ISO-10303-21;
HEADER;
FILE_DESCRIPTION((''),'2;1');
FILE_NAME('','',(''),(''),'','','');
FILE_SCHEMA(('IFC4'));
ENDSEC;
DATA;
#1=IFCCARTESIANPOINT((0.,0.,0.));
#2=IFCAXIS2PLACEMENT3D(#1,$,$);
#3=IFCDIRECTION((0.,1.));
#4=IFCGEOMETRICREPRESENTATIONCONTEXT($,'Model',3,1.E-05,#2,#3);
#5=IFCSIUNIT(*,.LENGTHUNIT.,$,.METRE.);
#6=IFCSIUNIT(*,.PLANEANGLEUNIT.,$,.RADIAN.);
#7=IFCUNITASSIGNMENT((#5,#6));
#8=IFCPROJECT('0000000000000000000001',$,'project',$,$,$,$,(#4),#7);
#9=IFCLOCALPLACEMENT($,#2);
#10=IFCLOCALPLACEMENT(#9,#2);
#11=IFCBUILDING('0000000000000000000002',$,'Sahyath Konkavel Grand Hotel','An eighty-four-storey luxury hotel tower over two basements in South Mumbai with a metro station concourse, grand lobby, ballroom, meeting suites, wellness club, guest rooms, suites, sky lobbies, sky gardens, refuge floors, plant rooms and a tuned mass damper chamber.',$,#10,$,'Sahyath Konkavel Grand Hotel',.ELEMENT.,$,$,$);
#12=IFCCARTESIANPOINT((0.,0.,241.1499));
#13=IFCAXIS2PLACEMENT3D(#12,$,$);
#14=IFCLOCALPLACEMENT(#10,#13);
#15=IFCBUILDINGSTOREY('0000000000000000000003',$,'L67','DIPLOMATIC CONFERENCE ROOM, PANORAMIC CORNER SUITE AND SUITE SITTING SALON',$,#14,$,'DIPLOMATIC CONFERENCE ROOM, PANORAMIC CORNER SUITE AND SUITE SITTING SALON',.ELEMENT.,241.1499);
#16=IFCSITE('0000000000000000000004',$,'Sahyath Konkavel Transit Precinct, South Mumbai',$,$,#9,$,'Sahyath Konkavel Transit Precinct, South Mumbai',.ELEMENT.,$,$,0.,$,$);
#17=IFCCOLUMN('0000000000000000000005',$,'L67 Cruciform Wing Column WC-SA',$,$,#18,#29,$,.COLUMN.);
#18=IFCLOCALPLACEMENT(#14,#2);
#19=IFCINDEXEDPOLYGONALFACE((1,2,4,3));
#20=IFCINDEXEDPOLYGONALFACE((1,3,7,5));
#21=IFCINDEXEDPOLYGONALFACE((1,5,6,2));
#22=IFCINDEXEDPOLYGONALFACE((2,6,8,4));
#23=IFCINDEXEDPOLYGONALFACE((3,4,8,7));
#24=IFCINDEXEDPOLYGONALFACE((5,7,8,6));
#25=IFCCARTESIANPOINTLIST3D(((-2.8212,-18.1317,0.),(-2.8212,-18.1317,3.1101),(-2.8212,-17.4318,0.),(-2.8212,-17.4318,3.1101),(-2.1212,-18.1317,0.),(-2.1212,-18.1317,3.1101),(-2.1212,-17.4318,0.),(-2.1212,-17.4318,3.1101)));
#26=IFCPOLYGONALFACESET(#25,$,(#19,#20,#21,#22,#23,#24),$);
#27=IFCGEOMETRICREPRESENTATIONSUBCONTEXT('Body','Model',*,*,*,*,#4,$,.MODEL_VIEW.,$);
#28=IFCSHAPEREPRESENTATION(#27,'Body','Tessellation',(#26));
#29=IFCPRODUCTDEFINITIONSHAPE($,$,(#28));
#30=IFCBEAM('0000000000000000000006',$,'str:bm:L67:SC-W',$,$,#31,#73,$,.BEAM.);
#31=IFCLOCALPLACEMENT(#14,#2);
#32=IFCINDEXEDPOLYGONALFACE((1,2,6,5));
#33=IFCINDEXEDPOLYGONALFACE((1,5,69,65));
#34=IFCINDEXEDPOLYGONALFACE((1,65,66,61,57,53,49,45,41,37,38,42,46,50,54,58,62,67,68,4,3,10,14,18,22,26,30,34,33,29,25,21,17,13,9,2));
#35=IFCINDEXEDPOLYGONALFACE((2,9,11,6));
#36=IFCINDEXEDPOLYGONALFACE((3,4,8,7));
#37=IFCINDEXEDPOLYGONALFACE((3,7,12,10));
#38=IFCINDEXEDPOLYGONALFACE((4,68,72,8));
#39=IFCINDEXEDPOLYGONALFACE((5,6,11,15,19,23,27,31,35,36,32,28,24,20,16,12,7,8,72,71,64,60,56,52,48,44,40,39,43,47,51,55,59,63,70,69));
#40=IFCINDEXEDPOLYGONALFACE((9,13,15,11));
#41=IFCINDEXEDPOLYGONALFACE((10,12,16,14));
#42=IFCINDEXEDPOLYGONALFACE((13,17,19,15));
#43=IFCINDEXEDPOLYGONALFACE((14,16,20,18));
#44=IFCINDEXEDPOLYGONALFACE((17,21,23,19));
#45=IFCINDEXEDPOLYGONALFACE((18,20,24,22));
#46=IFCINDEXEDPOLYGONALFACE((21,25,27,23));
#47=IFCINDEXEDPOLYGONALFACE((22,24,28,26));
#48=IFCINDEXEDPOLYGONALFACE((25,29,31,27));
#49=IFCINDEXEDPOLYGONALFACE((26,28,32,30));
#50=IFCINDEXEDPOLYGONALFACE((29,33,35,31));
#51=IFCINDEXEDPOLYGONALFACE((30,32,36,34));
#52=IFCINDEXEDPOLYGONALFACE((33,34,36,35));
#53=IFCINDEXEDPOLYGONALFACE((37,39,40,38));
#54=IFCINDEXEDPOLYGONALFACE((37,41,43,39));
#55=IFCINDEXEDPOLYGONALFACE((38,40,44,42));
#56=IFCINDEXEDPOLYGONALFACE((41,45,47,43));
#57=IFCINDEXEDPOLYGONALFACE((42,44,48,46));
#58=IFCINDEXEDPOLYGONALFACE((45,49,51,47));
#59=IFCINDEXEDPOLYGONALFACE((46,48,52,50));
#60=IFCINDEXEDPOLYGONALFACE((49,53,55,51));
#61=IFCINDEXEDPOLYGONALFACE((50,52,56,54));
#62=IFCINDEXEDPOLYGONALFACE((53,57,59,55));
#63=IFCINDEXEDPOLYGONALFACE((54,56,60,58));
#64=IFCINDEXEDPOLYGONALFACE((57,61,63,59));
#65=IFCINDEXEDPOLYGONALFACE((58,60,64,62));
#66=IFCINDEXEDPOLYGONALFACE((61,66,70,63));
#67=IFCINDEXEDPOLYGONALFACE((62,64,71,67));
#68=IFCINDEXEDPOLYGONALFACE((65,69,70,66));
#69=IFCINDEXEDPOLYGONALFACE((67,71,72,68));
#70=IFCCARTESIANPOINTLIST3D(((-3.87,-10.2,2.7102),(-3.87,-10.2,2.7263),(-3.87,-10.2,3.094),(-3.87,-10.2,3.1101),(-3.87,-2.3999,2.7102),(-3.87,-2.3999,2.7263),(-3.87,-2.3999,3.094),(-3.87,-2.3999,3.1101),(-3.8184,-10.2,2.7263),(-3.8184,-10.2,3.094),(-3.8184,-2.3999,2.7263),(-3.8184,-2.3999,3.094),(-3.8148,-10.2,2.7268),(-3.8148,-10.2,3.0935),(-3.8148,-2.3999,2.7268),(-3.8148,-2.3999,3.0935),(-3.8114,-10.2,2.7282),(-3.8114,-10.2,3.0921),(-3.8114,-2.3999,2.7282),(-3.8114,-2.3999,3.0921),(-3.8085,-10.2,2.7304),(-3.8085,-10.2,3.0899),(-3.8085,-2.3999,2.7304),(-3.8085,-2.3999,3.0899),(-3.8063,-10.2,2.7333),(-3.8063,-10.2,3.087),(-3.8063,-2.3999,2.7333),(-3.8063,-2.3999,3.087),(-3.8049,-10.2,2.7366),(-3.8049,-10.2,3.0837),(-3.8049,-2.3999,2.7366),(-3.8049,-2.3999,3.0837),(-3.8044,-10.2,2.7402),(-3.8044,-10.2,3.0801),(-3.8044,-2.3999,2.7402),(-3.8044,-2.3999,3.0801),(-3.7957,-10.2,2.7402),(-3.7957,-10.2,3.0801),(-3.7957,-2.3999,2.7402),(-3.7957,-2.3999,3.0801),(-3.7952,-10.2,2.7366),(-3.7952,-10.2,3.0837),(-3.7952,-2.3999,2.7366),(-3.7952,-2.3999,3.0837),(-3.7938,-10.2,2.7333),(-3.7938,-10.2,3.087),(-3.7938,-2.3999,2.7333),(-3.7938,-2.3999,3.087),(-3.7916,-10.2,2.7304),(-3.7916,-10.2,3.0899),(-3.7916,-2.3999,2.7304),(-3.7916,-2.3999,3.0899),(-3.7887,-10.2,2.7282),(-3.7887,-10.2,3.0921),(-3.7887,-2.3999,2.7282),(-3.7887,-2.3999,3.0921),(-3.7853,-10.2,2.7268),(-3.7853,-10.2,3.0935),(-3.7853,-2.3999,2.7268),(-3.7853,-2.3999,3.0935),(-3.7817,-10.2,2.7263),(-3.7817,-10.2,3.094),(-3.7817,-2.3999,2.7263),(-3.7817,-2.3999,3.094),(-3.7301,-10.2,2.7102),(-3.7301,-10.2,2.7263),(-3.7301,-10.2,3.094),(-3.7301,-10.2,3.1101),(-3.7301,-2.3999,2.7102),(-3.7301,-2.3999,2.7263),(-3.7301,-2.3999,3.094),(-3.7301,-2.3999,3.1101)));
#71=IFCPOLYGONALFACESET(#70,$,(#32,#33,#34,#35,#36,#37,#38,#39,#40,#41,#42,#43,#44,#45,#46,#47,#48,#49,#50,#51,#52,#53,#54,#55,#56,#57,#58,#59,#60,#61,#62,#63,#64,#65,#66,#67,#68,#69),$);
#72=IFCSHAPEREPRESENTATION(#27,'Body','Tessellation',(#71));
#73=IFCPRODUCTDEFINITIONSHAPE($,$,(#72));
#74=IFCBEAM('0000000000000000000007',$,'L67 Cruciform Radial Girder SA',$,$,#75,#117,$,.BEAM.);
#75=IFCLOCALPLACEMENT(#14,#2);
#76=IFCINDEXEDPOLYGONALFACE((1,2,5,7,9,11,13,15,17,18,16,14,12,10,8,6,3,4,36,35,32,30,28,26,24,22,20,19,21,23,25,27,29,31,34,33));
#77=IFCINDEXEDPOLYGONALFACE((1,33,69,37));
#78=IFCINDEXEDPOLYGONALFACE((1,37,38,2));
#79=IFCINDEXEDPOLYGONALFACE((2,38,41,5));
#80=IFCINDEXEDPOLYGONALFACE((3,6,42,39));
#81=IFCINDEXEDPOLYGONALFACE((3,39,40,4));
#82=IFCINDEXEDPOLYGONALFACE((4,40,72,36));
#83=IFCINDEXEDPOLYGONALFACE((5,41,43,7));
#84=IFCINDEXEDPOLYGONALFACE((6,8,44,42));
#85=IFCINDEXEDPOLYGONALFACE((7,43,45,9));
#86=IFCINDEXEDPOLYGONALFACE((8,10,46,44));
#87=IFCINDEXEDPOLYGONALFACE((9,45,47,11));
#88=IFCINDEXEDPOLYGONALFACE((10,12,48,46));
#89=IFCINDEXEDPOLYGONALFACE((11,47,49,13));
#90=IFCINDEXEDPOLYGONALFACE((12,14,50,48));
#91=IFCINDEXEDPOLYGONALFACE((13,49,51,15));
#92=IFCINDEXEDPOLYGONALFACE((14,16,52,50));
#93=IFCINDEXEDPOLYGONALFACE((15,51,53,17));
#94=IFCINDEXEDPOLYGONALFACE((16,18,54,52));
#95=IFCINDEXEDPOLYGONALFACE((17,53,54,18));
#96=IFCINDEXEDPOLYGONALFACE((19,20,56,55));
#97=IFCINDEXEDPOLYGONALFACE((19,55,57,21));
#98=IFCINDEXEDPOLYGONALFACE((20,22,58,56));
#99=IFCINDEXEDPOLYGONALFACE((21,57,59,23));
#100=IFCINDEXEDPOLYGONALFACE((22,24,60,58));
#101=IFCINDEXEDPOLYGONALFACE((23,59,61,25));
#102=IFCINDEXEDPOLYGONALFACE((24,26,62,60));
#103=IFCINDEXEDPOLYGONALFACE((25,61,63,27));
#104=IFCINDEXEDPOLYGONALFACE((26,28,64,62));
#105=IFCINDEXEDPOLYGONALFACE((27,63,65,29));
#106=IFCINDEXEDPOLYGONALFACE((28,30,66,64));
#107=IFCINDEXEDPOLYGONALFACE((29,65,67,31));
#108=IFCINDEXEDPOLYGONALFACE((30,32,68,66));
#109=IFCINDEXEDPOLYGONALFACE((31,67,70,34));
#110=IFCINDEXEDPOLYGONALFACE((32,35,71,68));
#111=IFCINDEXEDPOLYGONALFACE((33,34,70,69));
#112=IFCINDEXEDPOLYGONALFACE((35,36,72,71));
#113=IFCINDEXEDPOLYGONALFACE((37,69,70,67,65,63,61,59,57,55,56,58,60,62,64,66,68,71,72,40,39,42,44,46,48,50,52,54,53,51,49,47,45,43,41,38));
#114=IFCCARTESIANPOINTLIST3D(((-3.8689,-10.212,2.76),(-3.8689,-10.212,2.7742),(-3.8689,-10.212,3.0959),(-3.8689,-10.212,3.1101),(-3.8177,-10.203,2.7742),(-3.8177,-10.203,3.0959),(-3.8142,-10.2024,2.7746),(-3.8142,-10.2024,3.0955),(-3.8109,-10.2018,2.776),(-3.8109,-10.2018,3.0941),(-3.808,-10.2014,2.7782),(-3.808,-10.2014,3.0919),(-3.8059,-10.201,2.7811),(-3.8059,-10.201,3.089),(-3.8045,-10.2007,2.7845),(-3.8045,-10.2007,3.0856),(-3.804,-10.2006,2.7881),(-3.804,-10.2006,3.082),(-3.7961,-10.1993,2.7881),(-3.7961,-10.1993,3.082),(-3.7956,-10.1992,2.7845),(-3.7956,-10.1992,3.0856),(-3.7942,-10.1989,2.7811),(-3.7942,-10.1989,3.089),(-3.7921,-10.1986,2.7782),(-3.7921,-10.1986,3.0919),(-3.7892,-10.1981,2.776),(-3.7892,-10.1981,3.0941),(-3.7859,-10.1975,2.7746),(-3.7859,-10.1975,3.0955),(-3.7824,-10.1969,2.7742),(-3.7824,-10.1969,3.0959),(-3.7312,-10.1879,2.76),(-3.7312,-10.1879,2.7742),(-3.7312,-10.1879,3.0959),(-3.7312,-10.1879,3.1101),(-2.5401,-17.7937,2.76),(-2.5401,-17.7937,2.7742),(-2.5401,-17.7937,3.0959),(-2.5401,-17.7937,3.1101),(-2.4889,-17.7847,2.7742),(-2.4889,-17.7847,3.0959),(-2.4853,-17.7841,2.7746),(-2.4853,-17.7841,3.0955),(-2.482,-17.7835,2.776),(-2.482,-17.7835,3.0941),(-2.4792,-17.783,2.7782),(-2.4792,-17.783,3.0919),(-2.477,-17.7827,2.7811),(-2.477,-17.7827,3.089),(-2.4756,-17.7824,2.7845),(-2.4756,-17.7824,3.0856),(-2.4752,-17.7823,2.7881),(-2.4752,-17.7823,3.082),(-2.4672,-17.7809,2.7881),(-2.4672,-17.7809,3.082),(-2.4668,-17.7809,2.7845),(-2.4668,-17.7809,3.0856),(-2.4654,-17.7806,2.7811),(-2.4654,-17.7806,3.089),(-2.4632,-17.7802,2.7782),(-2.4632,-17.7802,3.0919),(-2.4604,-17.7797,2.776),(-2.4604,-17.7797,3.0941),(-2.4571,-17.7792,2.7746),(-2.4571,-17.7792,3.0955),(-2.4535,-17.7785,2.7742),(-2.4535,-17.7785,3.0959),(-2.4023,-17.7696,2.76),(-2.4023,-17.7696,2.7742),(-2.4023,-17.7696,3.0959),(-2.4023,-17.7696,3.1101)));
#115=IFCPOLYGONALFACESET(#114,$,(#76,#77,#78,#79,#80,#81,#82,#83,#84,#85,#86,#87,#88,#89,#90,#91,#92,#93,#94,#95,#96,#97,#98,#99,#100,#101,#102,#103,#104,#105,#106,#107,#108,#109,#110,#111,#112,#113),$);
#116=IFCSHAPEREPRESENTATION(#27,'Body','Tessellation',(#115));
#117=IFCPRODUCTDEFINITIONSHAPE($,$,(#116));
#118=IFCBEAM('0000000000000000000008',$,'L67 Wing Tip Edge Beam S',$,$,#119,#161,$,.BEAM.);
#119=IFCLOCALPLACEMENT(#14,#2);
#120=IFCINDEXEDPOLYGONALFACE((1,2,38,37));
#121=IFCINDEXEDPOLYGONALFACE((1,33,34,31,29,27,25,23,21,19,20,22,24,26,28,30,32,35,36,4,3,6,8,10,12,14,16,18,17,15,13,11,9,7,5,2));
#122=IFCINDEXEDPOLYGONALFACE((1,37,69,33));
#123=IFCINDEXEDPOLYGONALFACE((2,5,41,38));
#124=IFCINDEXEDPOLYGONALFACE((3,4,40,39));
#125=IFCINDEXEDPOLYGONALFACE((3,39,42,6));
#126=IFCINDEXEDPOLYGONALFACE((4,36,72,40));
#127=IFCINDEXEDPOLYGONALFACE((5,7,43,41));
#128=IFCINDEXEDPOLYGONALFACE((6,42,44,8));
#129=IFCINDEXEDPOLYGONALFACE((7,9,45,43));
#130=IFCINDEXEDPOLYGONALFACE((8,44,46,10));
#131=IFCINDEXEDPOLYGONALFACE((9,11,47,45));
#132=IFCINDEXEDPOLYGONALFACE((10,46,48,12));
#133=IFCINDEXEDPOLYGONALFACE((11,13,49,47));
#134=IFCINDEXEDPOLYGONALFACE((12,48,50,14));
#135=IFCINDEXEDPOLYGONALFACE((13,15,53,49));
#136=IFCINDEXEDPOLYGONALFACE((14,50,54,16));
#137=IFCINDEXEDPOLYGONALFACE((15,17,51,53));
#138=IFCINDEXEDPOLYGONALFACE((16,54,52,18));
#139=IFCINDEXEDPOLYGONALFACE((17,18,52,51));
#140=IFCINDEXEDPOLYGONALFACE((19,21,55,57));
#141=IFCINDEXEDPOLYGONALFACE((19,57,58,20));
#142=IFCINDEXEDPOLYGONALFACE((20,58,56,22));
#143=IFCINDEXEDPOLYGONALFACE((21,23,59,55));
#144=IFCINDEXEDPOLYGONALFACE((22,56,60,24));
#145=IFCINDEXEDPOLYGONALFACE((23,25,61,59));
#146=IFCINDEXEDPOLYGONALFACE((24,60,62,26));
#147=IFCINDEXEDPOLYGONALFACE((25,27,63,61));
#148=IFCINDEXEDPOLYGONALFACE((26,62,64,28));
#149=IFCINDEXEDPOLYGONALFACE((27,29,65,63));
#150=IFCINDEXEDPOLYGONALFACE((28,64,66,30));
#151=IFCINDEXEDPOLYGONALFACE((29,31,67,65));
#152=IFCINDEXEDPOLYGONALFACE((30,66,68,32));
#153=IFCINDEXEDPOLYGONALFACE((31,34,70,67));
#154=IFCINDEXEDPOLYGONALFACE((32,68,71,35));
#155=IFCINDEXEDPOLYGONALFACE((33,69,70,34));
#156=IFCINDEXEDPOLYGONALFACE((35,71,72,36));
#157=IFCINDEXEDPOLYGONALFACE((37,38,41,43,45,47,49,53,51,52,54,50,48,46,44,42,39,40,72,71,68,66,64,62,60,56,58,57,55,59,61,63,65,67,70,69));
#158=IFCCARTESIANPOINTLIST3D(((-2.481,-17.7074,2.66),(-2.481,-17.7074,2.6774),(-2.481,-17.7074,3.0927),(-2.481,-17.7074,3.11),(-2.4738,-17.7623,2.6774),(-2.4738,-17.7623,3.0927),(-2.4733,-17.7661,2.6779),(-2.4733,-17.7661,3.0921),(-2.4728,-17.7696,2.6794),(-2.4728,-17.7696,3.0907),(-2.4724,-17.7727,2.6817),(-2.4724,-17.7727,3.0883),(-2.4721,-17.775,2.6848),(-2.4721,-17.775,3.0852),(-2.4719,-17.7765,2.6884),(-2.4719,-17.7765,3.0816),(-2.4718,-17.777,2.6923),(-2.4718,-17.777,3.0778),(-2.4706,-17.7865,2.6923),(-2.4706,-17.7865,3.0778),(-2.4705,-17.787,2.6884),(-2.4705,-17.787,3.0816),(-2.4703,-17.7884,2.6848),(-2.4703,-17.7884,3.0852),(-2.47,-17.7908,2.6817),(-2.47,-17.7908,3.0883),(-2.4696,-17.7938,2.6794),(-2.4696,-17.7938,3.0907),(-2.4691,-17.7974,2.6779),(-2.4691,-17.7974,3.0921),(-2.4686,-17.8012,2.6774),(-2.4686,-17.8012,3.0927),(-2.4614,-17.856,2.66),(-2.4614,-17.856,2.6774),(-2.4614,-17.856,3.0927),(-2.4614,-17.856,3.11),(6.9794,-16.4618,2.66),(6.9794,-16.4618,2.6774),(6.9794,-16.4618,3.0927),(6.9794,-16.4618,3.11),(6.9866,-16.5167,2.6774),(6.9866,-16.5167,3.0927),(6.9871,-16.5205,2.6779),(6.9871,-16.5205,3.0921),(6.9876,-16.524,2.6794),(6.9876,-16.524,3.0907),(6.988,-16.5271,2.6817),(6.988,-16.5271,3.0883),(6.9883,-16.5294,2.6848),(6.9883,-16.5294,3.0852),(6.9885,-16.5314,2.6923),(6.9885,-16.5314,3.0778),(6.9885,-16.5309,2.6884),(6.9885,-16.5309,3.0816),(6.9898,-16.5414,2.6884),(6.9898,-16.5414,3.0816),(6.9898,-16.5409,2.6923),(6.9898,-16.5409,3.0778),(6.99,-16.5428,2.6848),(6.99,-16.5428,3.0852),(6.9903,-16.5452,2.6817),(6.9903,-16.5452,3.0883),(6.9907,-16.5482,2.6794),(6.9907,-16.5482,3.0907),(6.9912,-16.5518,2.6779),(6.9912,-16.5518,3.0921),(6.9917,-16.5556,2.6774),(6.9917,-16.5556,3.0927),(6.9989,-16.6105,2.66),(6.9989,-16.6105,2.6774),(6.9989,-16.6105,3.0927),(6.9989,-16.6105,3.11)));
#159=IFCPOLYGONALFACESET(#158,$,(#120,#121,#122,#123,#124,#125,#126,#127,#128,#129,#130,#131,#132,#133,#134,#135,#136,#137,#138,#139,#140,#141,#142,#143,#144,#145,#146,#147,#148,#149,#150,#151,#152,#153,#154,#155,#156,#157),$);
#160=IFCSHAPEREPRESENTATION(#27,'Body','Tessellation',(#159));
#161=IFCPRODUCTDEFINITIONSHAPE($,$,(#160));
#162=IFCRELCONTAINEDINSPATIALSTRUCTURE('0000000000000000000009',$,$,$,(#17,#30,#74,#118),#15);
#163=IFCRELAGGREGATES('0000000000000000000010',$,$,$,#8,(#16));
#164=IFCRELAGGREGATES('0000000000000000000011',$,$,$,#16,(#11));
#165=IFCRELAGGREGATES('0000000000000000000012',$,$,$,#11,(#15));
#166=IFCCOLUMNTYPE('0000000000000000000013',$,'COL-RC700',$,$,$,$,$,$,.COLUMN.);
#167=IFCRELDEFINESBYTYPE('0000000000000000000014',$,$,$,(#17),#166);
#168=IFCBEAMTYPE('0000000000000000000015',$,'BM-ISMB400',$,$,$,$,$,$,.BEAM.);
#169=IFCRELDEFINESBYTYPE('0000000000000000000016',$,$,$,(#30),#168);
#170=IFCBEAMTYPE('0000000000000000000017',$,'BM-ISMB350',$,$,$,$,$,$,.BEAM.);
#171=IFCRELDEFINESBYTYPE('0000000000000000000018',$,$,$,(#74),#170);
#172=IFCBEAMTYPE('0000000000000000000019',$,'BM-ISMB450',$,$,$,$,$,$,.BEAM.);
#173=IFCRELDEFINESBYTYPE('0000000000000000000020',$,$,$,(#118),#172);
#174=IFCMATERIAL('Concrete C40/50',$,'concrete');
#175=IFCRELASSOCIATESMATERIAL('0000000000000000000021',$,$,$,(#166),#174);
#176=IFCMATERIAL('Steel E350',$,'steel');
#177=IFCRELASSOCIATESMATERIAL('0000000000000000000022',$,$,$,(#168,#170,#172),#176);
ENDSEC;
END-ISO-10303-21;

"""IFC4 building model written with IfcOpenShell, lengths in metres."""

from ifc_helpers import new_model, si_unit, direction, frame, origin, origin_2d, place, context, subcontext, project, spatial, rectangle, i_section, extrude, source, transform, mapped, material, material_profile, profile_set, type_object, element, save


model = new_model("IFC4")

# Units and contexts
model_context = context("Model", 3, precision=1e-05, world=origin(), true_north=direction((0.0, 1.0)))
body_context = subcontext(model_context, "Body", "Model", "MODEL_VIEW")
ifc_project = project(units=[si_unit("LENGTHUNIT", "METRE"), si_unit("PLANEANGLEUNIT", "RADIAN")], contexts=[model_context])

# Site, building, storey
site_placement = place(None, origin())
site = spatial("IfcSite", under=ifc_project, at=site_placement, Name="Sahyath Konkavel Transit Precinct, South Mumbai", LongName="Sahyath Konkavel Transit Precinct, South Mumbai", CompositionType="ELEMENT", RefElevation=0.0)
building_placement = place(site_placement, origin())
building = spatial("IfcBuilding", under=site, at=building_placement, Name="Sahyath Konkavel Grand Hotel", Description="An eighty-four-storey luxury hotel tower over two basements in South Mumbai with a metro station concourse, grand lobby, ballroom, meeting suites, wellness club, guest rooms, suites, sky lobbies, sky gardens, refuge floors, plant rooms and a tuned mass damper chamber.", LongName="Sahyath Konkavel Grand Hotel", CompositionType="ELEMENT")
storey_placement = place(building_placement, frame((0.0, 0.0, 241.1499)))
storey = spatial("IfcBuildingStorey", under=building, at=storey_placement, Name="L67", Description="DIPLOMATIC CONFERENCE ROOM, PANORAMIC CORNER SUITE AND SUITE SITTING SALON", LongName="DIPLOMATIC CONFERENCE ROOM, PANORAMIC CORNER SUITE AND SUITE SITTING SALON", CompositionType="ELEMENT", Elevation=241.1499)

# Column
ifc_material_1 = material(Name="Concrete C40/50", Category="concrete")
ifc_material_profile_1 = material_profile(ifc_material_1, rectangle(XDim=0.7, YDim=0.7, at=origin_2d()), Name="RC 700x700")
ifc_profile_set_1 = profile_set([ifc_material_profile_1], Name="Concrete C40/50")
column_type = type_object("IfcColumnType", Name="COL-RC700", PredefinedType="COLUMN", material=ifc_profile_set_1)
shared_shape_1 = source(origin(), body_context, "Body", "SweptSolid", [
    extrude(rectangle(XDim=0.7, YDim=0.7, at=origin_2d()), origin(), (0.0, 0.0, 1.0), 3.1101),
])
column_placement = place(storey_placement, frame((-2.4712, -17.7817, 0.0), z_axis=(0.0, 0.0, 1.0), x_axis=(1.0, 0.0, 0.0)))
element("IfcColumn", 1, at=column_placement, inside=storey, type_object=column_type, Name="L67 Cruciform Wing Column WC-SA", PredefinedType="COLUMN", context=body_context, shape_type="MappedRepresentation", body=[
    mapped(shared_shape_1, transform((0.0, 0.0, 0.0), scale=1.0)),
])

# Beams
ifc_material_2 = material(Name="Steel E350", Category="steel")
ifc_material_profile_2 = material_profile(ifc_material_2, i_section(OverallWidth=0.1399, OverallDepth=0.3999, WebThickness=0.0088, FlangeThickness=0.0161, FilletRadius=0.0139, at=origin_2d()), Name="ISMB 400")
ifc_profile_set_2 = profile_set([ifc_material_profile_2], Name="Steel E350")
beam_type_1 = type_object("IfcBeamType", Name="BM-ISMB400", PredefinedType="BEAM", material=ifc_profile_set_2)
shared_shape_2 = source(origin(), body_context, "Body", "SweptSolid", [
    extrude(i_section(OverallWidth=0.1399, OverallDepth=0.3999, WebThickness=0.0088, FlangeThickness=0.0161, FilletRadius=0.0139, at=origin_2d()), origin(), (0.0, 0.0, 1.0), 7.8),
])
beam_1_placement = place(storey_placement, frame((-3.8, -10.2, 2.9102), z_axis=(0.0, 1.0, 0.0), x_axis=(-1.0, 0.0, 0.0)))
element("IfcBeam", 2, at=beam_1_placement, inside=storey, type_object=beam_type_1, Name="str:bm:L67:SC-W", PredefinedType="BEAM", context=body_context, shape_type="MappedRepresentation", body=[
    mapped(shared_shape_2, transform((0.0, 0.0, 0.0), scale=1.0)),
])
ifc_material_profile_3 = material_profile(ifc_material_2, i_section(OverallWidth=0.1399, OverallDepth=0.3501, WebThickness=0.0081, FlangeThickness=0.0142, FilletRadius=0.0139, at=origin_2d()), Name="ISMB 350")
ifc_profile_set_3 = profile_set([ifc_material_profile_3], Name="Steel E350")
beam_type_2 = type_object("IfcBeamType", Name="BM-ISMB350", PredefinedType="BEAM", material=ifc_profile_set_3)
shared_shape_3 = source(origin(), body_context, "Body", "SweptSolid", [
    extrude(i_section(OverallWidth=0.1399, OverallDepth=0.3501, WebThickness=0.0081, FlangeThickness=0.0142, FilletRadius=0.0139, at=origin_2d()), origin(), (0.0, 0.0, 1.0), 7.6973),
])
beam_2_placement = place(storey_placement, frame((-3.8, -10.2, 2.9351), z_axis=(0.172638, -0.984985, 0.0), x_axis=(0.984985, 0.172638, 0.0)))
element("IfcBeam", 3, at=beam_2_placement, inside=storey, type_object=beam_type_2, Name="L67 Cruciform Radial Girder SA", PredefinedType="BEAM", context=body_context, shape_type="MappedRepresentation", body=[
    mapped(shared_shape_3, transform((0.0, 0.0, 0.0), scale=1.0)),
])
ifc_material_profile_4 = material_profile(ifc_material_2, i_section(OverallWidth=0.1499, OverallDepth=0.45, WebThickness=0.0095, FlangeThickness=0.0173, FilletRadius=0.0149, at=origin_2d()), Name="ISMB 450")
ifc_profile_set_4 = profile_set([ifc_material_profile_4], Name="Steel E350")
beam_type_3 = type_object("IfcBeamType", Name="BM-ISMB450", PredefinedType="BEAM", material=ifc_profile_set_4)
shared_shape_4 = source(origin(), body_context, "Body", "SweptSolid", [
    extrude(i_section(OverallWidth=0.1499, OverallDepth=0.45, WebThickness=0.0095, FlangeThickness=0.0173, FilletRadius=0.0149, at=origin_2d()), origin(), (0.0, 0.0, 1.0), 9.542),
])
beam_3_placement = place(storey_placement, frame((-2.4712, -17.7817, 2.885), z_axis=(0.991443, 0.130538, 0.0), x_axis=(-0.130538, 0.991443, 0.0)))
element("IfcBeam", 4, at=beam_3_placement, inside=storey, type_object=beam_type_3, Name="L67 Wing Tip Edge Beam S", PredefinedType="BEAM", context=body_context, shape_type="MappedRepresentation", body=[
    mapped(shared_shape_4, transform((0.0, 0.0, 0.0), scale=1.0)),
])

save(model, "model.ifc")
